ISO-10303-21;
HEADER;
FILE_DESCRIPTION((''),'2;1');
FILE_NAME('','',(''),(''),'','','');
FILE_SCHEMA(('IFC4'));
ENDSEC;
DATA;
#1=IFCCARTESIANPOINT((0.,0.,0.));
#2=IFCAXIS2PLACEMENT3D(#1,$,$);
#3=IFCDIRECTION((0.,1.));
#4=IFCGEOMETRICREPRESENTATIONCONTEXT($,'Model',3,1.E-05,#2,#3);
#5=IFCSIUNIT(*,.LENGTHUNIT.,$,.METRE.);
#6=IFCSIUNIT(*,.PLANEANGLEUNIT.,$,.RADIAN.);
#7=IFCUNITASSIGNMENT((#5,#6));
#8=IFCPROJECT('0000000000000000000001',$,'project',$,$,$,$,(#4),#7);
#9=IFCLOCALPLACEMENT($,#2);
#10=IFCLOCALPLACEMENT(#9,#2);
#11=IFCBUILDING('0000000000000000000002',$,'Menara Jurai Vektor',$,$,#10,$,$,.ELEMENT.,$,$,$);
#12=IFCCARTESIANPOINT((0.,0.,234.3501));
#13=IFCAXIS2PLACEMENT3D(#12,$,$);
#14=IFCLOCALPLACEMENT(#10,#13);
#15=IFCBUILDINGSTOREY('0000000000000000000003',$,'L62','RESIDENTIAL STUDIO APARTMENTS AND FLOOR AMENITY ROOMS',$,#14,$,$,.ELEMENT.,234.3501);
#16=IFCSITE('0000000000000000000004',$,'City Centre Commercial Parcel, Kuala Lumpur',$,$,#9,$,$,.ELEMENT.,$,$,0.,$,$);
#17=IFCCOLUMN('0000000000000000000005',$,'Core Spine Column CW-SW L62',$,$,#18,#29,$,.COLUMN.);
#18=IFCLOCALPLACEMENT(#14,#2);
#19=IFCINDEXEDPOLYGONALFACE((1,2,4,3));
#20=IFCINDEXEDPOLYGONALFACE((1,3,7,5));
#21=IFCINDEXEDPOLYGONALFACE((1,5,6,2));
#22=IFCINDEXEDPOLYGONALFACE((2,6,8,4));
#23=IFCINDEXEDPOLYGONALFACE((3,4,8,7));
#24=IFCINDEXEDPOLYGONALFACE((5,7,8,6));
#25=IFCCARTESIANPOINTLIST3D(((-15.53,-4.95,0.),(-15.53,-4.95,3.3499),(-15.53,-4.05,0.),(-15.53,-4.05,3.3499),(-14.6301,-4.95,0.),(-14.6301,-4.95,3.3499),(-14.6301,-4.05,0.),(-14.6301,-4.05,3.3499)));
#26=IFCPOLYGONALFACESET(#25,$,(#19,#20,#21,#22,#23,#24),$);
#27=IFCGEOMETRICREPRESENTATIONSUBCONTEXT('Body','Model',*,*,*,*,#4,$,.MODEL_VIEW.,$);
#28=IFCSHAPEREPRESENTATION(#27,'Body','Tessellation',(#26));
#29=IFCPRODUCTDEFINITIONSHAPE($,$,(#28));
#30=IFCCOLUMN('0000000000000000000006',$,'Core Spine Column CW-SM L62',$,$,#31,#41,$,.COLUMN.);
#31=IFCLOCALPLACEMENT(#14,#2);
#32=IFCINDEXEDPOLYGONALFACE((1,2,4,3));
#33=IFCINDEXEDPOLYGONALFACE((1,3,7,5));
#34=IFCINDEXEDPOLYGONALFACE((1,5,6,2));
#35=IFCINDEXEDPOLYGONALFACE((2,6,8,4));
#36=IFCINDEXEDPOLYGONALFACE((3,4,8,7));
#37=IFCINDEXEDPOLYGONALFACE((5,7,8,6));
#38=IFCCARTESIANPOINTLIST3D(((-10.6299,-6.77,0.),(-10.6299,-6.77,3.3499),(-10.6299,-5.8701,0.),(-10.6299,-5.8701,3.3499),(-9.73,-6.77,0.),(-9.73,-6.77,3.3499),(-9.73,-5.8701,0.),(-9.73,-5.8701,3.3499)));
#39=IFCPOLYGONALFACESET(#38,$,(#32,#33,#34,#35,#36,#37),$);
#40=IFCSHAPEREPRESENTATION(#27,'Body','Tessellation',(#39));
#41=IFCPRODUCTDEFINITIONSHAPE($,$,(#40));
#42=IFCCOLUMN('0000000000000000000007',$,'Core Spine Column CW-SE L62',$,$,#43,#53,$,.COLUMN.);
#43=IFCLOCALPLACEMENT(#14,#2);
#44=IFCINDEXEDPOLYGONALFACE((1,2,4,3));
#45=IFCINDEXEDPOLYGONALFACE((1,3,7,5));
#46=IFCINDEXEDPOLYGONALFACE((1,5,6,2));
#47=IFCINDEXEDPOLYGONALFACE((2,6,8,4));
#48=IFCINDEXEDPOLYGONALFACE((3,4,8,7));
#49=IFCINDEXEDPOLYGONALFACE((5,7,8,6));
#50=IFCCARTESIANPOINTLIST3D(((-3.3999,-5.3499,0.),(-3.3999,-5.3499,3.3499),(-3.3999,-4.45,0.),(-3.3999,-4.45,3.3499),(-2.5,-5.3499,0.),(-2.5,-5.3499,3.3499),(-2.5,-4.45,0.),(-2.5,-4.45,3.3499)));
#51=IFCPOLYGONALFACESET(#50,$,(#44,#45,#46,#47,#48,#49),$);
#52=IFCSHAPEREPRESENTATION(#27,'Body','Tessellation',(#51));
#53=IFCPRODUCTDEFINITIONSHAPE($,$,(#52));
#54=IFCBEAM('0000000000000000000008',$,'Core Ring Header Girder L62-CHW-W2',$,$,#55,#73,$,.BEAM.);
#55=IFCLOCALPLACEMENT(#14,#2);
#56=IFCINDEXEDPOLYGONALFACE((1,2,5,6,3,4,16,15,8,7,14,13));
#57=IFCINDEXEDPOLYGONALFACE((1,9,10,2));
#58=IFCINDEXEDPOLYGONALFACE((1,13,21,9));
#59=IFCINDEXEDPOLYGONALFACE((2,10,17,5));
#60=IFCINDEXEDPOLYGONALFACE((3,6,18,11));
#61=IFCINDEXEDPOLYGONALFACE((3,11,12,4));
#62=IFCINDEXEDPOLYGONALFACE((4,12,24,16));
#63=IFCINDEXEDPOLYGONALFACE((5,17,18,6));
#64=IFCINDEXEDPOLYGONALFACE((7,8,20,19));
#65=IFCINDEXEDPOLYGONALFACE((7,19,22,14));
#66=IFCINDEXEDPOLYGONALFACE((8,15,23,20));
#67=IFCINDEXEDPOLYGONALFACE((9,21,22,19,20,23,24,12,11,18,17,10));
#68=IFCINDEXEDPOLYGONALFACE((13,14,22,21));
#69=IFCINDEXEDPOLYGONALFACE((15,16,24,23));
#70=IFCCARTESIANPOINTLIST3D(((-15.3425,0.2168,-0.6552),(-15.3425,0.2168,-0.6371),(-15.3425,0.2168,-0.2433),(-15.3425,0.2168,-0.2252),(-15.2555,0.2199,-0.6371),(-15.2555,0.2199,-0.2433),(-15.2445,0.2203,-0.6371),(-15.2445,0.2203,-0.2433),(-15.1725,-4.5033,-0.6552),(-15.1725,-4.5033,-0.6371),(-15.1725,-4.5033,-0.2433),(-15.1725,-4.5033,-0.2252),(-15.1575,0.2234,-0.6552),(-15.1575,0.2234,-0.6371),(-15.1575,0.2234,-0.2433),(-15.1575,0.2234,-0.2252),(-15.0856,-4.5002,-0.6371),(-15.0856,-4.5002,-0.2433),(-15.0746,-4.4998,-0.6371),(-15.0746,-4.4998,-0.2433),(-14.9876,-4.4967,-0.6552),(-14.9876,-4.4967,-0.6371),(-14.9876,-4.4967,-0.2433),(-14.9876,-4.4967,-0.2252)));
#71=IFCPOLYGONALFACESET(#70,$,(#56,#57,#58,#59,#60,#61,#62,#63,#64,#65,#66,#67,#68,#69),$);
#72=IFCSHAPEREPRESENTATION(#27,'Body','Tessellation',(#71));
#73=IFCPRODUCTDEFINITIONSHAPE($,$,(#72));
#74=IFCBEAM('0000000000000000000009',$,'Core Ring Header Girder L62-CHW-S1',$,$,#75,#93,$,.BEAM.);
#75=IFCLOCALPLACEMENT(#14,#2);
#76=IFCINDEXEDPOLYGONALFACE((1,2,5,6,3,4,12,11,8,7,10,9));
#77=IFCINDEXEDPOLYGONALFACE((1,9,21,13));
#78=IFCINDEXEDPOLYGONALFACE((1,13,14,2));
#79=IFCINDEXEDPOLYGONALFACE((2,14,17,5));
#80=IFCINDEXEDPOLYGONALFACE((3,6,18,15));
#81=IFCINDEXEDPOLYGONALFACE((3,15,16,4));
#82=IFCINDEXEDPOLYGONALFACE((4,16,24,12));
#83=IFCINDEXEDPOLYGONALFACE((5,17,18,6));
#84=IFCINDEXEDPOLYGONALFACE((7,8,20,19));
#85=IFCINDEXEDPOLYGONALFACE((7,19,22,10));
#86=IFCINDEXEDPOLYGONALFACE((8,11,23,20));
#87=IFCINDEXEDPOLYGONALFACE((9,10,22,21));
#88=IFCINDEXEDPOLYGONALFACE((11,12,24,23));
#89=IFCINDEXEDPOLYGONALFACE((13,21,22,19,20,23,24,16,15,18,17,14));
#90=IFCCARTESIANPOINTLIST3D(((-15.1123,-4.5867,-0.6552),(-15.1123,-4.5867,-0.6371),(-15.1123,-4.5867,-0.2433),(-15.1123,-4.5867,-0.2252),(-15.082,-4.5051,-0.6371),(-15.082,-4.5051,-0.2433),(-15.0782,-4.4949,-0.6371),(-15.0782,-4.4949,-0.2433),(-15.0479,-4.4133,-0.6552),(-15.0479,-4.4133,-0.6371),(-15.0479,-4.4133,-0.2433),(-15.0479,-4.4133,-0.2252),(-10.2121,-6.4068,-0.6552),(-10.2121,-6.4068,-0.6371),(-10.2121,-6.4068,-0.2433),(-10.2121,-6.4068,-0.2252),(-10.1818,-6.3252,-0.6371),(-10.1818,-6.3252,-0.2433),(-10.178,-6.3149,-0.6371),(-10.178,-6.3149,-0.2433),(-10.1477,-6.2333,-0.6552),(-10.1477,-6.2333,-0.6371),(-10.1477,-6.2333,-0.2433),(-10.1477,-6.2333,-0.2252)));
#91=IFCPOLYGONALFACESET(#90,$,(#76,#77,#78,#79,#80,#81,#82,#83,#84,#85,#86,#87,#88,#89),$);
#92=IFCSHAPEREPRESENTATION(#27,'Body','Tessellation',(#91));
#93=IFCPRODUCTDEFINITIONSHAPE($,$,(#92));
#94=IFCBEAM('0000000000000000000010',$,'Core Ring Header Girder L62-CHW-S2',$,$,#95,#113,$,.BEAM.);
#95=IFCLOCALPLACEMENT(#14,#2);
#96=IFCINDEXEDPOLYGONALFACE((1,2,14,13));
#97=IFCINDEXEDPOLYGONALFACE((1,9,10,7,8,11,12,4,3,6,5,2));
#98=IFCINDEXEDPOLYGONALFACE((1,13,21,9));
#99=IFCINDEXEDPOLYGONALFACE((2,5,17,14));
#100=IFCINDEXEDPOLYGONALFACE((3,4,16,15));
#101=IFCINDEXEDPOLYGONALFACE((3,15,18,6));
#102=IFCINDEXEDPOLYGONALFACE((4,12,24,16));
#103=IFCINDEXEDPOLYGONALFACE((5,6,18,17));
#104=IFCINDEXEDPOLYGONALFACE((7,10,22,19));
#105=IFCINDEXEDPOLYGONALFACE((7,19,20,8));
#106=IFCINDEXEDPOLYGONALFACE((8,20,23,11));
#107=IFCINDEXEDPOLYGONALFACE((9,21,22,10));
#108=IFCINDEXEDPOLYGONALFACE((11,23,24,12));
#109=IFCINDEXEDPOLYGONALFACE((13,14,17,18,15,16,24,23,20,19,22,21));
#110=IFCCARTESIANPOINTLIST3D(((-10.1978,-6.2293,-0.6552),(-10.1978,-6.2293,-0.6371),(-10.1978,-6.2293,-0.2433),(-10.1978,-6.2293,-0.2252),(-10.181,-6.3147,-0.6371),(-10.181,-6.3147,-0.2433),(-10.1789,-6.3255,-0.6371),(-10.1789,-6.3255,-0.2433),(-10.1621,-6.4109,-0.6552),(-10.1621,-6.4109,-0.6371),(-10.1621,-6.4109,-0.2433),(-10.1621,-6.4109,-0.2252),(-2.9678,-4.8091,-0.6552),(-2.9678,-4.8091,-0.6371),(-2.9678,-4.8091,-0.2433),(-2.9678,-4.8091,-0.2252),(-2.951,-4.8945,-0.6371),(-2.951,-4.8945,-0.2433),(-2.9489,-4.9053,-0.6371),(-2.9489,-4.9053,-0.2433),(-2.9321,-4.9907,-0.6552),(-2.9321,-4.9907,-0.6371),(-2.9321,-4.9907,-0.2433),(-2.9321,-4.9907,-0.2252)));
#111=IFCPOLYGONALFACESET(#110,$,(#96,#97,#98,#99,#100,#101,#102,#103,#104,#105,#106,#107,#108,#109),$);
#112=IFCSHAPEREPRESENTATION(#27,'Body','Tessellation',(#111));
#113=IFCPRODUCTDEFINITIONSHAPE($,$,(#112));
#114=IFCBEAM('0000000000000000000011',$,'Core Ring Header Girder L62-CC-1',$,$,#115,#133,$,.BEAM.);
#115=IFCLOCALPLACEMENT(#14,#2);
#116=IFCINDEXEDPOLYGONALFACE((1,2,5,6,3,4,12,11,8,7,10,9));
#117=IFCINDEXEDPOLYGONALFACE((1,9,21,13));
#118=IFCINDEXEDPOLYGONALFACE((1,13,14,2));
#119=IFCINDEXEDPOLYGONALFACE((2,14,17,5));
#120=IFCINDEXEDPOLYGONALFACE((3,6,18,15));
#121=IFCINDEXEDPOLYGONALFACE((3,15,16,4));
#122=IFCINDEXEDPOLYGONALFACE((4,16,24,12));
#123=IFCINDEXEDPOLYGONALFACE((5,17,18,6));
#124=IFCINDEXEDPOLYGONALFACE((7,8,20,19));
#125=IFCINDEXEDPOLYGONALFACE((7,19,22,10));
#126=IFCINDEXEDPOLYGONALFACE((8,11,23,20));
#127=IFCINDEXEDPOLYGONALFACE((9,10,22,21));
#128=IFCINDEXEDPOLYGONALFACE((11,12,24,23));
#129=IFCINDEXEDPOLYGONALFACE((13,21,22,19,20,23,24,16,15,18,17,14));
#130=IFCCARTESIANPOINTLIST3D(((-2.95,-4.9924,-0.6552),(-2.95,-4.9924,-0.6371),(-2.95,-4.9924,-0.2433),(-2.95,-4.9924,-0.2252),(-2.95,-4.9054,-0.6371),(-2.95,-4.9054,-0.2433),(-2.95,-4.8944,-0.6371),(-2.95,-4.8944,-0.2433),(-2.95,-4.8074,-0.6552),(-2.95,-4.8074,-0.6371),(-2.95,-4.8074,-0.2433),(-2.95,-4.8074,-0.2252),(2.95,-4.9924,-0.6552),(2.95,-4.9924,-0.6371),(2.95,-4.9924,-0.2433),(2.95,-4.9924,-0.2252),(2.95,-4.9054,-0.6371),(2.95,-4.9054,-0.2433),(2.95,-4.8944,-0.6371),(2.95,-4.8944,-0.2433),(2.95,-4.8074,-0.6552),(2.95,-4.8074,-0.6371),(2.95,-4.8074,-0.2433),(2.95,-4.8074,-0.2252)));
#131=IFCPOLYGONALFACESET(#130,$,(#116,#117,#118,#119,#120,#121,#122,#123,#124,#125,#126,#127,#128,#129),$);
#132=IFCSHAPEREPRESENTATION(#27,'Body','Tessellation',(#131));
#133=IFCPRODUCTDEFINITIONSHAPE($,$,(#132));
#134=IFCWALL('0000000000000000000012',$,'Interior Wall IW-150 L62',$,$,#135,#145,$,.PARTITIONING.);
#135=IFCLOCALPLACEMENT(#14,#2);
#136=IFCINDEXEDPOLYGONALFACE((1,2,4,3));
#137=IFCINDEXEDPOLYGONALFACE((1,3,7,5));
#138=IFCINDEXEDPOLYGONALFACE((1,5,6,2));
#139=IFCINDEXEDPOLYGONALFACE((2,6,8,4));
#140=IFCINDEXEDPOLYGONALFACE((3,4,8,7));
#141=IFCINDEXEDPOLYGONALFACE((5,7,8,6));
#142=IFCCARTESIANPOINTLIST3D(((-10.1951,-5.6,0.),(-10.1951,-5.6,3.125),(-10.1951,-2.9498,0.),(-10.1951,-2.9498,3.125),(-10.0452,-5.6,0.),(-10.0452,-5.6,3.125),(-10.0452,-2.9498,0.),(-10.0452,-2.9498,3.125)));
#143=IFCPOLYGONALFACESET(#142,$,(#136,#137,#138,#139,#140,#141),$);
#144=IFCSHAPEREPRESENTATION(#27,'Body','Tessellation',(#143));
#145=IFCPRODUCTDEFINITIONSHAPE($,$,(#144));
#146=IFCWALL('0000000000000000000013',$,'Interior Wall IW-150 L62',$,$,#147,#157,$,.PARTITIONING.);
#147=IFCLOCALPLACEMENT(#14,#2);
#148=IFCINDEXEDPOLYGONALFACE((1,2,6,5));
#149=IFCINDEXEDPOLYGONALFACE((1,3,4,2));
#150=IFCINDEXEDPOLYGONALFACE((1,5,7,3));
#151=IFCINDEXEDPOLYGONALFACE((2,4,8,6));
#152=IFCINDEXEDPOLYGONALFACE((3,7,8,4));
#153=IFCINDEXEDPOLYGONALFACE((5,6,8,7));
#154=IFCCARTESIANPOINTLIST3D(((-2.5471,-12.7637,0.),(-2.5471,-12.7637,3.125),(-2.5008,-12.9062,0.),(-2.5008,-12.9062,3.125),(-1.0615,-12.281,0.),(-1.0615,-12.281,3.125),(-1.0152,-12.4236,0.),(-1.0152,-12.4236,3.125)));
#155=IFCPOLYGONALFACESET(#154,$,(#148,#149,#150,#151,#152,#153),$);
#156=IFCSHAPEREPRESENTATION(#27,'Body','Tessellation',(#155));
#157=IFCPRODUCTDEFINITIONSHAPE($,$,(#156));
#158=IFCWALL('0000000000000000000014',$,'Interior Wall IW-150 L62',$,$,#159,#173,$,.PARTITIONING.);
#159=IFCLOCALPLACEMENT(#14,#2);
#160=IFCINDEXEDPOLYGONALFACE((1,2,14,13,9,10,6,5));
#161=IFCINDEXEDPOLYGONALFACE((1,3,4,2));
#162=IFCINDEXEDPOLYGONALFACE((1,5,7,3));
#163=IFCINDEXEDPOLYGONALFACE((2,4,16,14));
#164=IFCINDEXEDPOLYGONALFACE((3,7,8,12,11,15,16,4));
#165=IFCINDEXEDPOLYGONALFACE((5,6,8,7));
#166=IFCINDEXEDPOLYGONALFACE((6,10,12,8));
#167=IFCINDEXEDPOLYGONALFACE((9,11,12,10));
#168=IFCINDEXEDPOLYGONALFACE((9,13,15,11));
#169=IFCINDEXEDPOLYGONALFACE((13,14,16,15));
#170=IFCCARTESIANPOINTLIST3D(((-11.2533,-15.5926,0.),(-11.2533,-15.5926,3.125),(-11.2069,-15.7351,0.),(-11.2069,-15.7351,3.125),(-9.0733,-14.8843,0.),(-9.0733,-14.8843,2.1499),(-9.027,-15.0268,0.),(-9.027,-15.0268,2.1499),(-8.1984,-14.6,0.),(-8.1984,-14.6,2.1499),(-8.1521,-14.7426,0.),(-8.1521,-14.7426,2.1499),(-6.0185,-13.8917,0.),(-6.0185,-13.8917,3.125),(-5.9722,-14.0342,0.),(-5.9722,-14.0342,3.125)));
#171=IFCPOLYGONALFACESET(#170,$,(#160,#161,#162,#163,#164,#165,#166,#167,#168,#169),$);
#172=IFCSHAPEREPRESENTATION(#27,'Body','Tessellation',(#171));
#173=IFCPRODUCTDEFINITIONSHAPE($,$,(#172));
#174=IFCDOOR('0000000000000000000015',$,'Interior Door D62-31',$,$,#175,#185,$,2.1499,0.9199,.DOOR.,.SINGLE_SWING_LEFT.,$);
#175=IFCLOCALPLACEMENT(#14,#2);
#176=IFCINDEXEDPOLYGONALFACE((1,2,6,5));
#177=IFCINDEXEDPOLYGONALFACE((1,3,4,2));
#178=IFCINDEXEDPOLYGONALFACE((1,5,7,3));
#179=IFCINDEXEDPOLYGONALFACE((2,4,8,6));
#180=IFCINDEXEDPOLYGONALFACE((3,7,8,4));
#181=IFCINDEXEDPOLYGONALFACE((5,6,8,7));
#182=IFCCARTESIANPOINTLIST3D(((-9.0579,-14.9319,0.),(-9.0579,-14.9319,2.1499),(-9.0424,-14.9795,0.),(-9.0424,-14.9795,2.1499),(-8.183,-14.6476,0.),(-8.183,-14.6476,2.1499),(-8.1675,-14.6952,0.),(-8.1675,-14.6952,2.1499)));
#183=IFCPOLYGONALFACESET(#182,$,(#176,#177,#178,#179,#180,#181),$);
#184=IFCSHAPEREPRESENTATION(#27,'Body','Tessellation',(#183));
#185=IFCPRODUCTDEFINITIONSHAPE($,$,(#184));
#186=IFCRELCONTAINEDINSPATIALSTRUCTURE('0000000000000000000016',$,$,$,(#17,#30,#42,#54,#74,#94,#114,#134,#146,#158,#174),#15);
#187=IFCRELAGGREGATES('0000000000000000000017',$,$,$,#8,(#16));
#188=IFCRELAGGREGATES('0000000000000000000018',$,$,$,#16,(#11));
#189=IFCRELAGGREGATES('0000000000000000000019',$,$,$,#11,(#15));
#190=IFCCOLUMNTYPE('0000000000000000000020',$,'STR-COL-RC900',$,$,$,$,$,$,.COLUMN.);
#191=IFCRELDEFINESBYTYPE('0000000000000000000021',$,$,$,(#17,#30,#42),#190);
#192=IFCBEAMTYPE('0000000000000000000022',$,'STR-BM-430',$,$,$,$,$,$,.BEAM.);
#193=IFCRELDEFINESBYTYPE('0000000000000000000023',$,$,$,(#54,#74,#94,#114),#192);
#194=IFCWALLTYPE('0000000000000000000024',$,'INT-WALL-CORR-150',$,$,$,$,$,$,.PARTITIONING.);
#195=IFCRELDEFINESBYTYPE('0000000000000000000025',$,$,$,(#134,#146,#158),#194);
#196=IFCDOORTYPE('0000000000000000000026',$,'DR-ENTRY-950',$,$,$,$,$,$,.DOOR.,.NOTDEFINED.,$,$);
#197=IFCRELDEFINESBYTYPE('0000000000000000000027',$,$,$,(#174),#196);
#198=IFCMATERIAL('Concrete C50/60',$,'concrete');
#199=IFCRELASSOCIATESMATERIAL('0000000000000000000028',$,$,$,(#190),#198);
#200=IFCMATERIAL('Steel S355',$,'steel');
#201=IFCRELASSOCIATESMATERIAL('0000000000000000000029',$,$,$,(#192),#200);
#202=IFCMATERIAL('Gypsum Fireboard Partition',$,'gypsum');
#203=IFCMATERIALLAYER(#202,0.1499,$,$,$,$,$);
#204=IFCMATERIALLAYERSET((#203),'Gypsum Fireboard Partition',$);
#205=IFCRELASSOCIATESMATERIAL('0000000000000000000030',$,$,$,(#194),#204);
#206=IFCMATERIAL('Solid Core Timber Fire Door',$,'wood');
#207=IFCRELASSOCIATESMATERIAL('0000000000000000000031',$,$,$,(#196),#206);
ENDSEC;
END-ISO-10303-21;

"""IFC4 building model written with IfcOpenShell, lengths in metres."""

from ifc_helpers import new_model, si_unit, direction, frame, frame_2d, origin, origin_2d, place, context, subcontext, project, spatial, rectangle, i_section, extrude, material, layer, layer_set, material_profile, profile_set, type_object, element, fill, save


model = new_model("IFC4")

# Units and contexts
model_context = context("Model", 3, precision=1e-05, world=origin(), true_north=direction((0.0, 1.0)))
body_context = subcontext(model_context, "Body", "Model", "MODEL_VIEW")
ifc_project = project(units=[si_unit("LENGTHUNIT", "METRE"), si_unit("PLANEANGLEUNIT", "RADIAN")], contexts=[model_context])

# Site, building, storey
site_placement = place(None, origin())
site = spatial("IfcSite", under=ifc_project, at=site_placement, Name="City Centre Commercial Parcel, Kuala Lumpur", CompositionType="ELEMENT", RefElevation=0.0)
building_placement = place(site_placement, origin())
building = spatial("IfcBuilding", under=site, at=building_placement, Name="Menara Jurai Vektor", CompositionType="ELEMENT")
storey_placement = place(building_placement, frame((0.0, 0.0, 234.3501)))
storey = spatial("IfcBuildingStorey", under=building, at=storey_placement, Name="L62", Description="RESIDENTIAL STUDIO APARTMENTS AND FLOOR AMENITY ROOMS", CompositionType="ELEMENT", Elevation=234.3501)

# Columns
ifc_material_1 = material(Name="Concrete C50/60", Category="concrete")
ifc_material_profile_1 = material_profile(ifc_material_1, rectangle(XDim=0.8999, YDim=0.8999, at=origin_2d()), Name="RC 900x900")
ifc_profile_set_1 = profile_set([ifc_material_profile_1], Name="Concrete C50/60")
column_type = type_object("IfcColumnType", Name="STR-COL-RC900", PredefinedType="COLUMN", material=ifc_profile_set_1)
for number, where, z_axis, x_axis, name in (
    (1, (-15.0801, -4.5, 0.0), (0.0, 0.0, 1.0), (1.0, 0.0, 0.0), "Core Spine Column CW-SW L62"),
    (2, (-10.1799, -6.3201, 0.0), (0.0, 0.0, 1.0), (1.0, 0.0, 0.0), "Core Spine Column CW-SM L62"),
    (3, (-2.95, -4.8999, 0.0), (0.0, 0.0, 1.0), (1.0, 0.0, 0.0), "Core Spine Column CW-SE L62"),
):
    element("IfcColumn", number, at=place(storey_placement, frame(where, z_axis=z_axis, x_axis=x_axis)), inside=storey, type_object=column_type, Name=name, PredefinedType="COLUMN", context=body_context, shape_type="SweptSolid", body=[
        extrude(rectangle(XDim=0.8999, YDim=0.8999, at=origin_2d()), origin(), (0.0, 0.0, 1.0), 3.3499),
    ])

# Beams
ifc_material_2 = material(Name="Steel S355", Category="steel")
ifc_material_profile_2 = material_profile(ifc_material_2, i_section(OverallWidth=0.1851, OverallDepth=0.4299, WebThickness=0.011, FlangeThickness=0.0181, at=origin_2d()), Name="PG 430x185x76")
ifc_profile_set_2 = profile_set([ifc_material_profile_2], Name="Steel S355")
beam_type = type_object("IfcBeamType", Name="STR-BM-430", PredefinedType="BEAM", material=ifc_profile_set_2)
beam_1_placement = place(storey_placement, frame((-15.0801, -4.5, -0.4402), z_axis=(-0.035977, 0.999353, 0.0), x_axis=(-0.999353, -0.035977, 0.0)))
element("IfcBeam", 4, at=beam_1_placement, inside=storey, type_object=beam_type, Name="Core Ring Header Girder L62-CHW-W2", PredefinedType="BEAM", context=body_context, shape_type="SweptSolid", body=[
    extrude(i_section(OverallWidth=0.1851, OverallDepth=0.4299, WebThickness=0.011, FlangeThickness=0.0181, at=origin_2d()), origin(), (0.0, 0.0, 1.0), 4.7231),
])
beam_2_placement = place(storey_placement, frame((-15.0801, -4.5, -0.4402), z_axis=(0.937424, -0.348189, 0.0), x_axis=(0.348189, 0.937424, 0.0)))
element("IfcBeam", 5, at=beam_2_placement, inside=storey, type_object=beam_type, Name="Core Ring Header Girder L62-CHW-S1", PredefinedType="BEAM", context=body_context, shape_type="SweptSolid", body=[
    extrude(i_section(OverallWidth=0.1851, OverallDepth=0.4299, WebThickness=0.011, FlangeThickness=0.0181, at=origin_2d()), origin(), (0.0, 0.0, 1.0), 5.2273),
])
beam_3_placement = place(storey_placement, frame((-10.1799, -6.3201, -0.4402), z_axis=(0.981249, 0.192744, 0.0), x_axis=(-0.192744, 0.981249, 0.0)))
element("IfcBeam", 6, at=beam_3_placement, inside=storey, type_object=beam_type, Name="Core Ring Header Girder L62-CHW-S2", PredefinedType="BEAM", context=body_context, shape_type="SweptSolid", body=[
    extrude(i_section(OverallWidth=0.1851, OverallDepth=0.4299, WebThickness=0.011, FlangeThickness=0.0181, at=origin_2d()), origin(), (0.0, 0.0, 1.0), 7.3682),
])
beam_4_placement = place(storey_placement, frame((-2.95, -4.8999, -0.4402), z_axis=(1.0, 0.0, 0.0), x_axis=(0.0, 1.0, 0.0)))
element("IfcBeam", 7, at=beam_4_placement, inside=storey, type_object=beam_type, Name="Core Ring Header Girder L62-CC-1", PredefinedType="BEAM", context=body_context, shape_type="SweptSolid", body=[
    extrude(i_section(OverallWidth=0.1851, OverallDepth=0.4299, WebThickness=0.011, FlangeThickness=0.0181, at=origin_2d()), origin(), (0.0, 0.0, 1.0), 5.8999),
])

# Wall
ifc_material_3 = material(Name="Gypsum Fireboard Partition", Category="gypsum")
ifc_layer_1 = layer(ifc_material_3, 0.1499)
ifc_layer_set_1 = layer_set([ifc_layer_1], Name="Gypsum Fireboard Partition")
wall_type_1 = type_object("IfcWallType", Name="INT-WALL-CORR-150", PredefinedType="PARTITIONING", material=ifc_layer_set_1)
wall_1_placement = place(storey_placement, frame((-10.1201, -5.6001, 0.0), z_axis=(0.0, 0.0, 1.0), x_axis=(0.0, 1.0, 0.0)))
element("IfcWall", 8, at=wall_1_placement, inside=storey, type_object=wall_type_1, Name="Interior Wall IW-150 L62", PredefinedType="PARTITIONING", context=body_context, shape_type="SweptSolid", body=[
    extrude(rectangle(XDim=2.6501, YDim=0.1499, at=frame_2d((1.3252, 0.0))), origin(), (0.0, 0.0, 1.0), 3.125),
])

# Shared definitions
ifc_material_4 = material(Name="Solid Core Timber Fire Door", Category="wood")
door_type = type_object("IfcDoorType", Name="DR-ENTRY-950", OperationType="NOTDEFINED", PredefinedType="DOOR", material=ifc_material_4)

# Wall
wall_2_placement = place(storey_placement, frame((-2.5239, -12.835, 0.0), z_axis=(0.0, 0.0, 1.0), x_axis=(0.951063, 0.308998, 0.0)))
element("IfcWall", 9, at=wall_2_placement, inside=storey, type_object=wall_type_1, Name="Interior Wall IW-150 L62", PredefinedType="PARTITIONING", context=body_context, shape_type="SweptSolid", body=[
    extrude(rectangle(XDim=1.562, YDim=0.1499, at=frame_2d((0.781, 0.0))), origin(), (0.0, 0.0, 1.0), 3.125),
])

# Wall, opening, door
wall_3_placement = place(storey_placement, frame((-11.23, -15.6638, 0.0), z_axis=(0.0, 0.0, 1.0), x_axis=(0.951056, 0.30902, 0.0)))
wall_3 = element("IfcWall", 10, at=wall_3_placement, inside=storey, type_object=wall_type_1, Name="Interior Wall IW-150 L62", PredefinedType="PARTITIONING", context=body_context, shape_type="SweptSolid", body=[
    extrude(rectangle(XDim=5.5042, YDim=0.1499, at=frame_2d((2.752, 0.0))), origin(), (0.0, 0.0, 1.0), 3.125),
])
opening_1_placement = place(wall_3_placement, frame((2.292, 0.0, 0.0)))
opening_1 = element("IfcOpeningElement", 11, at=opening_1_placement, cuts=wall_3, PredefinedType="OPENING", context=body_context, shape_type="SweptSolid", body=[
    extrude(rectangle(XDim=0.9199, YDim=2.1499, at=frame_2d((0.46, 1.075))), frame((0.0, 0.085, 0.0), z_axis=(0.0, -1.0, 0.0), x_axis=(1.0, 0.0, 0.0)), (0.0, 0.0, 1.0), 0.1699),
])
door_1_placement = place(opening_1_placement, origin())
door_1 = element("IfcDoor", 12, at=door_1_placement, inside=storey, type_object=door_type, Name="Interior Door D62-31", OperationType="SINGLE_SWING_LEFT", OverallHeight=2.1499, OverallWidth=0.9199, PredefinedType="DOOR", context=body_context, shape_type="SweptSolid", body=[
    extrude(rectangle(XDim=0.9199, YDim=2.1499, at=frame_2d((0.46, 1.075))), frame((0.0, 0.0249, 0.0), z_axis=(0.0, -1.0, 0.0), x_axis=(1.0, 0.0, 0.0)), (0.0, 0.0, 1.0), 0.05),
])
fill(opening_1, door_1)

save(model, "model.ifc")
